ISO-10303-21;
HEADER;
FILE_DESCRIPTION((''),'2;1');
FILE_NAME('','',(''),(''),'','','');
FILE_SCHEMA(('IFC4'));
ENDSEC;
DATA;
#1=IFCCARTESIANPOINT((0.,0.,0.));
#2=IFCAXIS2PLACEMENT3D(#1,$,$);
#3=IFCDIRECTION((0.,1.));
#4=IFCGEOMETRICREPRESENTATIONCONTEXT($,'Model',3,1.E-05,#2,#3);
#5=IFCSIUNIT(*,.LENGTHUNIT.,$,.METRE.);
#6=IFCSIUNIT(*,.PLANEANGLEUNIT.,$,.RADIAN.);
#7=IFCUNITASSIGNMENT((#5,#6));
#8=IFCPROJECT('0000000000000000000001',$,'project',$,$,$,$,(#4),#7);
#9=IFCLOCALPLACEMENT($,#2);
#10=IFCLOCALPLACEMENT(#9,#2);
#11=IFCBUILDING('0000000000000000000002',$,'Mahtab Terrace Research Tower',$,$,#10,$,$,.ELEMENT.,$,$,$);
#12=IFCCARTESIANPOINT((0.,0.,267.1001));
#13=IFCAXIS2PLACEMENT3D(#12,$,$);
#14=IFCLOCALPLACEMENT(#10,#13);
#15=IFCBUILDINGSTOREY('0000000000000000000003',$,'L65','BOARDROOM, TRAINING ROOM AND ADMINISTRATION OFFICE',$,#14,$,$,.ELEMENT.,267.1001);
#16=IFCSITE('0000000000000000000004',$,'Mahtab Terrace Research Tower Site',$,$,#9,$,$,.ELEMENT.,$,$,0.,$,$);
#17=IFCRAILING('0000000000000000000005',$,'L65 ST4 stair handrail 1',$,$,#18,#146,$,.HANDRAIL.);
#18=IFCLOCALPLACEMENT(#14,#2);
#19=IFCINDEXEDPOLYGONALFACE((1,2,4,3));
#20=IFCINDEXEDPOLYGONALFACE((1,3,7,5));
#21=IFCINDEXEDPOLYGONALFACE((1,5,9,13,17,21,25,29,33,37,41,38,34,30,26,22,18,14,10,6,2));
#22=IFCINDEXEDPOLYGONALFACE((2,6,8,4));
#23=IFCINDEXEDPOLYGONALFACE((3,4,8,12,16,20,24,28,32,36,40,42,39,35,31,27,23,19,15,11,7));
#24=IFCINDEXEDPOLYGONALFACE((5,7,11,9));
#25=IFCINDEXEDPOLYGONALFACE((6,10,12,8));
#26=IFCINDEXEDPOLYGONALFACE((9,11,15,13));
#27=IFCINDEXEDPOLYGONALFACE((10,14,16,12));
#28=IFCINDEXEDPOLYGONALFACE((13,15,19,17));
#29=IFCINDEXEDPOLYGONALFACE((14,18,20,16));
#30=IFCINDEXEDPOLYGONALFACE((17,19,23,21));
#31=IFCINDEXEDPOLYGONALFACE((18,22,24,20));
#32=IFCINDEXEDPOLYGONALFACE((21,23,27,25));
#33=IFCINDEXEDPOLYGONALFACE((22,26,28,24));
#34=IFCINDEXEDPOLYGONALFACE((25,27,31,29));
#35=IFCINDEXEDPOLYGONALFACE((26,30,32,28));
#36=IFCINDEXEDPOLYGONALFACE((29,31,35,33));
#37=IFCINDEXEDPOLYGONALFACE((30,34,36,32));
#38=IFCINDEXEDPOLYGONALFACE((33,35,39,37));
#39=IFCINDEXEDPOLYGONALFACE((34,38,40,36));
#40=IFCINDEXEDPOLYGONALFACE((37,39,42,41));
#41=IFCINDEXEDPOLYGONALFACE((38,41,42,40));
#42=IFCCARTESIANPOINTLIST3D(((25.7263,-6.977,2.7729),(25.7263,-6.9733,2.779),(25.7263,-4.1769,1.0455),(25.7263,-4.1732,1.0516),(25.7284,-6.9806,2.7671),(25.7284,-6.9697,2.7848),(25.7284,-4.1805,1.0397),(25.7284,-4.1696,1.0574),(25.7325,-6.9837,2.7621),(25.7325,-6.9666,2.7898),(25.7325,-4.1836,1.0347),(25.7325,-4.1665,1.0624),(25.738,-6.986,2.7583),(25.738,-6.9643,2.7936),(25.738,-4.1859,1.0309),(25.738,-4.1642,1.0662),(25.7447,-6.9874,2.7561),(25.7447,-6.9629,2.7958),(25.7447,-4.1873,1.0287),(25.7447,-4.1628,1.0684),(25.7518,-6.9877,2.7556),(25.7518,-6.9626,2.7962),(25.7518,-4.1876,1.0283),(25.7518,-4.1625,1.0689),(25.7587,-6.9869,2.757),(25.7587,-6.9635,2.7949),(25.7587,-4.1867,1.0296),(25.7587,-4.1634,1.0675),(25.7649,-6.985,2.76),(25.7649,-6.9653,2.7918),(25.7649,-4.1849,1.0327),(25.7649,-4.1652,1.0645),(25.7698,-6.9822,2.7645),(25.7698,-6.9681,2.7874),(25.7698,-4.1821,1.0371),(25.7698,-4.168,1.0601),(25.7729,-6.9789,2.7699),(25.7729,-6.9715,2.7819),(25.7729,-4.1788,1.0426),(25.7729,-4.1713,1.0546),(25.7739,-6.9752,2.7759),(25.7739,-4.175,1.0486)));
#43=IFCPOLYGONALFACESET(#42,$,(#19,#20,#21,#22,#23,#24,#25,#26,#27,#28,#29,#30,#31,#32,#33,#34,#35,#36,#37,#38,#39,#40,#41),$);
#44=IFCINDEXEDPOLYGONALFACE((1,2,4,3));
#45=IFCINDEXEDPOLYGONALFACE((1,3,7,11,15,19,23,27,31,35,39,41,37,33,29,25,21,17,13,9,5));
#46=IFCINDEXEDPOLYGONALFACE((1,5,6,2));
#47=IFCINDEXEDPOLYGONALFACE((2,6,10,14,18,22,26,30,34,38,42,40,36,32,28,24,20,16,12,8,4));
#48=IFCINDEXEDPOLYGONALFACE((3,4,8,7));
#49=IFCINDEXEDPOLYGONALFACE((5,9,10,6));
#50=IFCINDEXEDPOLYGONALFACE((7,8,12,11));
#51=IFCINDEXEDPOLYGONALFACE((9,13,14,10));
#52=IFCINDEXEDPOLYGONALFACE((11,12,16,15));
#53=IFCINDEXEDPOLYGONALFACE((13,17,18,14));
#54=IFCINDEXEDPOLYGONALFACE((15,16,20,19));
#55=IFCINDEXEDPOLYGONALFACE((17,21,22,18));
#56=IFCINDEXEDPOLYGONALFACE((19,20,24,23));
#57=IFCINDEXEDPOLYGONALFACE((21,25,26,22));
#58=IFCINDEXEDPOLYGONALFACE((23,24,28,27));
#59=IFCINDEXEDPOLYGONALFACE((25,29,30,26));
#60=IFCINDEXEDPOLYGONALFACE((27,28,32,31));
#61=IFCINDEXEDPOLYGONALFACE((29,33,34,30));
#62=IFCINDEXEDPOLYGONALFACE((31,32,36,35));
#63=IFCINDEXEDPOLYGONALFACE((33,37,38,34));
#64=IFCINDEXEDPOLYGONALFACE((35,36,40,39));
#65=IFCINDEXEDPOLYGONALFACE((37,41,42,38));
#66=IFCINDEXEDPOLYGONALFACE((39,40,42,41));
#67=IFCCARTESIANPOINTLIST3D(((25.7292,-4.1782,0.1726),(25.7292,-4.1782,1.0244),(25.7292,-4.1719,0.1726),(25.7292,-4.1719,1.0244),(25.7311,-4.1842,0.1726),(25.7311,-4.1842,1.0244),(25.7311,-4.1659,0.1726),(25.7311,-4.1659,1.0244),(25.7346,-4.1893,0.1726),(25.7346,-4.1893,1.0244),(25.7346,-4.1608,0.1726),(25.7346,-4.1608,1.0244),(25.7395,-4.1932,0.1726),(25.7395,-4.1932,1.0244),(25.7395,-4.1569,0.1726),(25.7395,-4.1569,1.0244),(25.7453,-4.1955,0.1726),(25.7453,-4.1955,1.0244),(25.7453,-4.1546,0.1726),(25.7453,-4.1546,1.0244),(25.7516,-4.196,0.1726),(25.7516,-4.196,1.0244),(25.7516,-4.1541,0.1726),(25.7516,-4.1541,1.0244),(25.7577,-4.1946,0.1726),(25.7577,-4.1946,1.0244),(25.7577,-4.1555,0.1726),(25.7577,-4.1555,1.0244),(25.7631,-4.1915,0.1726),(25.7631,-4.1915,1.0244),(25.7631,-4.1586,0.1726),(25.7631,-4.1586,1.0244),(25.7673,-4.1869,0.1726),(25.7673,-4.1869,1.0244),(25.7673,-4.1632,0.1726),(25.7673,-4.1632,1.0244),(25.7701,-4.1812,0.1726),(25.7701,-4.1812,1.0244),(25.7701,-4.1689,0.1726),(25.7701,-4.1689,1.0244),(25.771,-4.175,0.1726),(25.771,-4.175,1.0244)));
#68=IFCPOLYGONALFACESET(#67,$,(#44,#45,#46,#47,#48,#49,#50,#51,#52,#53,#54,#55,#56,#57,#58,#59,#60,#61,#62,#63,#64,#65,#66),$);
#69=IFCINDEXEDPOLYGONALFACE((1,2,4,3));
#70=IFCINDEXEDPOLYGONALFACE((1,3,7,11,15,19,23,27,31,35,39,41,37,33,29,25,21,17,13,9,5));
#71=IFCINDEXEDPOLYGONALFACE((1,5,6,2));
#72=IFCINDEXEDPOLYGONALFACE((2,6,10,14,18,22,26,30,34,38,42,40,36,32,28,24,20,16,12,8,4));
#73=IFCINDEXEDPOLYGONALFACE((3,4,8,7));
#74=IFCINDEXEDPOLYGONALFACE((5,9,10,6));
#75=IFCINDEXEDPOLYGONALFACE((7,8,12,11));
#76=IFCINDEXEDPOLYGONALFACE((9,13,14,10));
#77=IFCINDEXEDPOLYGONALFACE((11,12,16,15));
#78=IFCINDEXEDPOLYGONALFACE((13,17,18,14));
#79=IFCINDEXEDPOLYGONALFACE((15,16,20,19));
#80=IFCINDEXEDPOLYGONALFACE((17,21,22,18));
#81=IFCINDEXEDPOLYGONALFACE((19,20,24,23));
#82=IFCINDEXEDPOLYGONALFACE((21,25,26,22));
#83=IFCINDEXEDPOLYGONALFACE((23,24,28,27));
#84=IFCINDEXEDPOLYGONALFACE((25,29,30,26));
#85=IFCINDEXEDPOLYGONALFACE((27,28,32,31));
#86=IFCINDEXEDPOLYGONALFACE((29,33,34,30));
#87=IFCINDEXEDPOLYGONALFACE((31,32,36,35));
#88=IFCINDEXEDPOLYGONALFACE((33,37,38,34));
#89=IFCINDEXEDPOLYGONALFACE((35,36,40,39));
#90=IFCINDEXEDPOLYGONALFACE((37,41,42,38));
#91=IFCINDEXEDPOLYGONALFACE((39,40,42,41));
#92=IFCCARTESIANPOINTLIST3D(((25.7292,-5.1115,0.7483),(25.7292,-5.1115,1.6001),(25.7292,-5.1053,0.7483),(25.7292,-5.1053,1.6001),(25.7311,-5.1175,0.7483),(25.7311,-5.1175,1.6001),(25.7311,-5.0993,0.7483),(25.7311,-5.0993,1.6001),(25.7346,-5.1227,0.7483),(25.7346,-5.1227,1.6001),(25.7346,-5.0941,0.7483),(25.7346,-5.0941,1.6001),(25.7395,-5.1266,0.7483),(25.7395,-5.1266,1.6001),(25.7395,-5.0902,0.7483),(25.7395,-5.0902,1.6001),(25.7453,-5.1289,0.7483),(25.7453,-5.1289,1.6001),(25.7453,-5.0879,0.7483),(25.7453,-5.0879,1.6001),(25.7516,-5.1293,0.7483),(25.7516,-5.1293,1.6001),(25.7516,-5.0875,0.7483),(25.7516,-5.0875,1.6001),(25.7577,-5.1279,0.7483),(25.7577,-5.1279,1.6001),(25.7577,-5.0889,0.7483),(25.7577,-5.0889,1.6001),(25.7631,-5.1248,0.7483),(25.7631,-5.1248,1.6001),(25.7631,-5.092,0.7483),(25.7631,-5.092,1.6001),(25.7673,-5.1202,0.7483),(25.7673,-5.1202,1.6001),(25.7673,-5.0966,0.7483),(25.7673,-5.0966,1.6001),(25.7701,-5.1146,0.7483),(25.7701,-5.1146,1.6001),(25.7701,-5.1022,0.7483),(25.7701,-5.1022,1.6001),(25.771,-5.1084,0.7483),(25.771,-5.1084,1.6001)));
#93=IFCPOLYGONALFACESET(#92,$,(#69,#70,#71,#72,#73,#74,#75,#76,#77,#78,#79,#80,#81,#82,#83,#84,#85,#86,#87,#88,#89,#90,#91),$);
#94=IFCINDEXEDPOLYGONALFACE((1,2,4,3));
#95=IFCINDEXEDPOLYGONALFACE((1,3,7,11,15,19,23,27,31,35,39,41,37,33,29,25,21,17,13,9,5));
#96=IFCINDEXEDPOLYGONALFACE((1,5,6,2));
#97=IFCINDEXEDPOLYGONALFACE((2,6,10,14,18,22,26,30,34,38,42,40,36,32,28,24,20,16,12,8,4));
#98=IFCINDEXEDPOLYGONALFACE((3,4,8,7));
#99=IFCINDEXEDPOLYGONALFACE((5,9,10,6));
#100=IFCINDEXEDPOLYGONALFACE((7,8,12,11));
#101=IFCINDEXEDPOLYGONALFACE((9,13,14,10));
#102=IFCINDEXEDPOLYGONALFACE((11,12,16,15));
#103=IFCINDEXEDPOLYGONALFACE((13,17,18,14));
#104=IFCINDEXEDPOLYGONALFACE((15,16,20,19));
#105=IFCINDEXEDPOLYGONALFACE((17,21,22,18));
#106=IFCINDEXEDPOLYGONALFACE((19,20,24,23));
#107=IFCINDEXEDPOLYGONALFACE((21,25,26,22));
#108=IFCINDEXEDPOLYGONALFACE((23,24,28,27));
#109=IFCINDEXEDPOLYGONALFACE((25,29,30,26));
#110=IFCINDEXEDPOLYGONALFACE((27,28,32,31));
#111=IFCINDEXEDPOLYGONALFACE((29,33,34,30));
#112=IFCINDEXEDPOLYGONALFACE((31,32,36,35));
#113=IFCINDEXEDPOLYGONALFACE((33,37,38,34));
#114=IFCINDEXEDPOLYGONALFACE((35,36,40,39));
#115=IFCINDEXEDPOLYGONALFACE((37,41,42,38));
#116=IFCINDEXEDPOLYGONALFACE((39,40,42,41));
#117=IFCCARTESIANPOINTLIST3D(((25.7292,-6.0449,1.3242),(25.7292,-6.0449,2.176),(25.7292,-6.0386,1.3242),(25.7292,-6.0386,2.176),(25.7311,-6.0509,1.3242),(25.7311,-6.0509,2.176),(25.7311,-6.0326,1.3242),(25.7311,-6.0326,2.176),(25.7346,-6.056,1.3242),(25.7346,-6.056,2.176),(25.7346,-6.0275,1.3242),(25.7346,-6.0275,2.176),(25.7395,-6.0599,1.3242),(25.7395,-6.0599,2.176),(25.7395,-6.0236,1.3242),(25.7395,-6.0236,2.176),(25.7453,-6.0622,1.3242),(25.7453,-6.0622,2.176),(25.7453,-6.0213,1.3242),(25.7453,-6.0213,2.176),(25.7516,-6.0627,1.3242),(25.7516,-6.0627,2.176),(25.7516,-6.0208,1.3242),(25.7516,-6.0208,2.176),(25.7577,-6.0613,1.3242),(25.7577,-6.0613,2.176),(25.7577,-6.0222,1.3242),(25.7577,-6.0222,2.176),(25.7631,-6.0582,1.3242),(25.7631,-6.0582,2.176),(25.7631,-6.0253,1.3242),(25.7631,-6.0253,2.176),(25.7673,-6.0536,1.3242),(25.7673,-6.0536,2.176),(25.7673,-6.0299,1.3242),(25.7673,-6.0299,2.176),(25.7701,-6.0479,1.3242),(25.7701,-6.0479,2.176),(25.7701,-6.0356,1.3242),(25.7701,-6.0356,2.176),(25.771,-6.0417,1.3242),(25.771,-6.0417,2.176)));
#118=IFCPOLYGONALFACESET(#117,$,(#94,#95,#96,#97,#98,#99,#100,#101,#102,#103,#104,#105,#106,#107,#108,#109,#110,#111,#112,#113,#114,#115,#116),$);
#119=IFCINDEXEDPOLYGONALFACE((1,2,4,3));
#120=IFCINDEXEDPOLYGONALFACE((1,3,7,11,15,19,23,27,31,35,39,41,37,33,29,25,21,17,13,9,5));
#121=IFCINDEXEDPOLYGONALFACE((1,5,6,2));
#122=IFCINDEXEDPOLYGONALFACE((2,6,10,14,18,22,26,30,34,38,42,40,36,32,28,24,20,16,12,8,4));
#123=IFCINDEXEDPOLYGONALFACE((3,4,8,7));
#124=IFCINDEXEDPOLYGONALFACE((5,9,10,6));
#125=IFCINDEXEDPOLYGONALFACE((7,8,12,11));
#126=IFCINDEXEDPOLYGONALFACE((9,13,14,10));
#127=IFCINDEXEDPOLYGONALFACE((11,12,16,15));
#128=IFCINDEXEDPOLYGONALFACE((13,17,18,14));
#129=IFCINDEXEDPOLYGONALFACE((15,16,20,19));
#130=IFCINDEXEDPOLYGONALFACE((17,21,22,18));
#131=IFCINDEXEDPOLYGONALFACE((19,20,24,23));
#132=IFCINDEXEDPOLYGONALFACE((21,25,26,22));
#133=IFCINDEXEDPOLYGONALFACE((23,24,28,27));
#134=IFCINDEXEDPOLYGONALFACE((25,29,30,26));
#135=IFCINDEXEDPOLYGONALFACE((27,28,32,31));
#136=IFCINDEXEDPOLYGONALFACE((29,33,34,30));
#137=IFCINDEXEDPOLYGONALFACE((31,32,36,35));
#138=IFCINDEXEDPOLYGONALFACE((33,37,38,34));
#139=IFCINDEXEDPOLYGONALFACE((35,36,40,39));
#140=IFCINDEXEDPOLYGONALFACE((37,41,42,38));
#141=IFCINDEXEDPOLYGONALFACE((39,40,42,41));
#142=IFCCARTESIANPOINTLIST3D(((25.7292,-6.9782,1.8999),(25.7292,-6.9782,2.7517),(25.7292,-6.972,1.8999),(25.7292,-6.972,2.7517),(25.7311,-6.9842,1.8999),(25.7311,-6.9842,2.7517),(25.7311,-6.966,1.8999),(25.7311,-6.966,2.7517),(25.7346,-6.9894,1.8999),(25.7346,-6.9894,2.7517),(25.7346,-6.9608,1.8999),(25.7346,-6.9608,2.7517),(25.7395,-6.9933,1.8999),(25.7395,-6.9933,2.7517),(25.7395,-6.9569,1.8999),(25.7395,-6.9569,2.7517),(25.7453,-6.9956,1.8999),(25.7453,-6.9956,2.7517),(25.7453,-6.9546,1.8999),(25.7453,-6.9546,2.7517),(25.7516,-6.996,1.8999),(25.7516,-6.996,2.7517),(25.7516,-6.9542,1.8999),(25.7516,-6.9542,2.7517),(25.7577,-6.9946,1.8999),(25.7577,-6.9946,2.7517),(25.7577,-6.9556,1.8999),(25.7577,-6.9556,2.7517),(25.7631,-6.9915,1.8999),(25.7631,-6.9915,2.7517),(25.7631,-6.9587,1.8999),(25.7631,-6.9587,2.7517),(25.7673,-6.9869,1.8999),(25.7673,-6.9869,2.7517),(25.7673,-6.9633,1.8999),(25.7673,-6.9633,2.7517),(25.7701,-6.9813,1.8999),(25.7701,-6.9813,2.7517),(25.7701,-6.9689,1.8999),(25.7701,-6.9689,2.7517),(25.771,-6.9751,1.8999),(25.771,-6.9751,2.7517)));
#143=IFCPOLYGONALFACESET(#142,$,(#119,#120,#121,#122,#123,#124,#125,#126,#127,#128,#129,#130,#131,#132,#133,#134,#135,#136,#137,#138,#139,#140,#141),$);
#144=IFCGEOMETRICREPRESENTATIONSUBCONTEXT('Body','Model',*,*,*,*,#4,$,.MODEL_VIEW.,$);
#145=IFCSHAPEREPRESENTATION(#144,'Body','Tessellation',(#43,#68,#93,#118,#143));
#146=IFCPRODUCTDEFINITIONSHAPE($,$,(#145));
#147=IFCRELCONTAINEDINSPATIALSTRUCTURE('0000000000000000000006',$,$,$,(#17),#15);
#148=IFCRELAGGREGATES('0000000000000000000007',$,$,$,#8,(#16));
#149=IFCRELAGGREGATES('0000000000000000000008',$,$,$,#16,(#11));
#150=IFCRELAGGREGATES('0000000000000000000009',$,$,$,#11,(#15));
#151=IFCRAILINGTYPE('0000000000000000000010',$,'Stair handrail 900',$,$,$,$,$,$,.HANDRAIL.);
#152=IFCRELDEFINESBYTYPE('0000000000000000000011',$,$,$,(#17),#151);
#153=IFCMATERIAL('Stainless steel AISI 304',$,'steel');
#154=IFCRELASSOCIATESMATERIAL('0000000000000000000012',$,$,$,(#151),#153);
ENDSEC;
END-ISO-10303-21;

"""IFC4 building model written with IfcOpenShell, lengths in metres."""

from ifc_helpers import new_model, si_unit, direction, frame, origin, origin_2d, place, context, subcontext, project, spatial, circle, extrude, material, type_object, element, save


model = new_model("IFC4")

# Units and contexts
model_context = context("Model", 3, precision=1e-05, world=origin(), true_north=direction((0.0, 1.0)))
body_context = subcontext(model_context, "Body", "Model", "MODEL_VIEW")
ifc_project = project(units=[si_unit("LENGTHUNIT", "METRE"), si_unit("PLANEANGLEUNIT", "RADIAN")], contexts=[model_context])

# Site, building, storey
site_placement = place(None, origin())
site = spatial("IfcSite", under=ifc_project, at=site_placement, Name="Mahtab Terrace Research Tower Site", CompositionType="ELEMENT", RefElevation=0.0)
building_placement = place(site_placement, origin())
building = spatial("IfcBuilding", under=site, at=building_placement, Name="Mahtab Terrace Research Tower", CompositionType="ELEMENT")
storey_placement = place(building_placement, frame((0.0, 0.0, 267.1001)))
storey = spatial("IfcBuildingStorey", under=building, at=storey_placement, Name="L65", Description="BOARDROOM, TRAINING ROOM AND ADMINISTRATION OFFICE", CompositionType="ELEMENT", Elevation=267.1001)

# Shared definitions
ifc_material_1 = material(Name="Stainless steel AISI 304", Category="steel")

# Railing
railing_type = type_object("IfcRailingType", Name="Stair handrail 900", PredefinedType="HANDRAIL", material=ifc_material_1)
railing_placement = place(storey_placement, frame((25.75, -4.175, 0.1726)))
element("IfcRailing", 1, at=railing_placement, inside=storey, type_object=railing_type, Name="L65 ST4 stair handrail 1", PredefinedType="HANDRAIL", context=body_context, shape_type="SweptSolid", body=[
    extrude(circle(Radius=0.0239, at=origin_2d()), frame((0.0, 0.0, 0.876), z_axis=(0.0, -0.85109, 0.52502), x_axis=(1.0, 0.0, 0.0)), (0.0, 0.0, 1.0), 3.29),
    extrude(circle(Radius=0.021, at=origin_2d()), origin(), (0.0, 0.0, 1.0), 0.8518),
    extrude(circle(Radius=0.021, at=origin_2d()), frame((0.0, -0.9333, 0.5757)), (0.0, 0.0, 1.0), 0.8518),
    extrude(circle(Radius=0.021, at=origin_2d()), frame((0.0, -1.8667, 1.1516)), (0.0, 0.0, 1.0), 0.8518),
    extrude(circle(Radius=0.021, at=origin_2d()), frame((0.0, -2.8, 1.7273)), (0.0, 0.0, 1.0), 0.8518),
])

save(model, "model.ifc")
